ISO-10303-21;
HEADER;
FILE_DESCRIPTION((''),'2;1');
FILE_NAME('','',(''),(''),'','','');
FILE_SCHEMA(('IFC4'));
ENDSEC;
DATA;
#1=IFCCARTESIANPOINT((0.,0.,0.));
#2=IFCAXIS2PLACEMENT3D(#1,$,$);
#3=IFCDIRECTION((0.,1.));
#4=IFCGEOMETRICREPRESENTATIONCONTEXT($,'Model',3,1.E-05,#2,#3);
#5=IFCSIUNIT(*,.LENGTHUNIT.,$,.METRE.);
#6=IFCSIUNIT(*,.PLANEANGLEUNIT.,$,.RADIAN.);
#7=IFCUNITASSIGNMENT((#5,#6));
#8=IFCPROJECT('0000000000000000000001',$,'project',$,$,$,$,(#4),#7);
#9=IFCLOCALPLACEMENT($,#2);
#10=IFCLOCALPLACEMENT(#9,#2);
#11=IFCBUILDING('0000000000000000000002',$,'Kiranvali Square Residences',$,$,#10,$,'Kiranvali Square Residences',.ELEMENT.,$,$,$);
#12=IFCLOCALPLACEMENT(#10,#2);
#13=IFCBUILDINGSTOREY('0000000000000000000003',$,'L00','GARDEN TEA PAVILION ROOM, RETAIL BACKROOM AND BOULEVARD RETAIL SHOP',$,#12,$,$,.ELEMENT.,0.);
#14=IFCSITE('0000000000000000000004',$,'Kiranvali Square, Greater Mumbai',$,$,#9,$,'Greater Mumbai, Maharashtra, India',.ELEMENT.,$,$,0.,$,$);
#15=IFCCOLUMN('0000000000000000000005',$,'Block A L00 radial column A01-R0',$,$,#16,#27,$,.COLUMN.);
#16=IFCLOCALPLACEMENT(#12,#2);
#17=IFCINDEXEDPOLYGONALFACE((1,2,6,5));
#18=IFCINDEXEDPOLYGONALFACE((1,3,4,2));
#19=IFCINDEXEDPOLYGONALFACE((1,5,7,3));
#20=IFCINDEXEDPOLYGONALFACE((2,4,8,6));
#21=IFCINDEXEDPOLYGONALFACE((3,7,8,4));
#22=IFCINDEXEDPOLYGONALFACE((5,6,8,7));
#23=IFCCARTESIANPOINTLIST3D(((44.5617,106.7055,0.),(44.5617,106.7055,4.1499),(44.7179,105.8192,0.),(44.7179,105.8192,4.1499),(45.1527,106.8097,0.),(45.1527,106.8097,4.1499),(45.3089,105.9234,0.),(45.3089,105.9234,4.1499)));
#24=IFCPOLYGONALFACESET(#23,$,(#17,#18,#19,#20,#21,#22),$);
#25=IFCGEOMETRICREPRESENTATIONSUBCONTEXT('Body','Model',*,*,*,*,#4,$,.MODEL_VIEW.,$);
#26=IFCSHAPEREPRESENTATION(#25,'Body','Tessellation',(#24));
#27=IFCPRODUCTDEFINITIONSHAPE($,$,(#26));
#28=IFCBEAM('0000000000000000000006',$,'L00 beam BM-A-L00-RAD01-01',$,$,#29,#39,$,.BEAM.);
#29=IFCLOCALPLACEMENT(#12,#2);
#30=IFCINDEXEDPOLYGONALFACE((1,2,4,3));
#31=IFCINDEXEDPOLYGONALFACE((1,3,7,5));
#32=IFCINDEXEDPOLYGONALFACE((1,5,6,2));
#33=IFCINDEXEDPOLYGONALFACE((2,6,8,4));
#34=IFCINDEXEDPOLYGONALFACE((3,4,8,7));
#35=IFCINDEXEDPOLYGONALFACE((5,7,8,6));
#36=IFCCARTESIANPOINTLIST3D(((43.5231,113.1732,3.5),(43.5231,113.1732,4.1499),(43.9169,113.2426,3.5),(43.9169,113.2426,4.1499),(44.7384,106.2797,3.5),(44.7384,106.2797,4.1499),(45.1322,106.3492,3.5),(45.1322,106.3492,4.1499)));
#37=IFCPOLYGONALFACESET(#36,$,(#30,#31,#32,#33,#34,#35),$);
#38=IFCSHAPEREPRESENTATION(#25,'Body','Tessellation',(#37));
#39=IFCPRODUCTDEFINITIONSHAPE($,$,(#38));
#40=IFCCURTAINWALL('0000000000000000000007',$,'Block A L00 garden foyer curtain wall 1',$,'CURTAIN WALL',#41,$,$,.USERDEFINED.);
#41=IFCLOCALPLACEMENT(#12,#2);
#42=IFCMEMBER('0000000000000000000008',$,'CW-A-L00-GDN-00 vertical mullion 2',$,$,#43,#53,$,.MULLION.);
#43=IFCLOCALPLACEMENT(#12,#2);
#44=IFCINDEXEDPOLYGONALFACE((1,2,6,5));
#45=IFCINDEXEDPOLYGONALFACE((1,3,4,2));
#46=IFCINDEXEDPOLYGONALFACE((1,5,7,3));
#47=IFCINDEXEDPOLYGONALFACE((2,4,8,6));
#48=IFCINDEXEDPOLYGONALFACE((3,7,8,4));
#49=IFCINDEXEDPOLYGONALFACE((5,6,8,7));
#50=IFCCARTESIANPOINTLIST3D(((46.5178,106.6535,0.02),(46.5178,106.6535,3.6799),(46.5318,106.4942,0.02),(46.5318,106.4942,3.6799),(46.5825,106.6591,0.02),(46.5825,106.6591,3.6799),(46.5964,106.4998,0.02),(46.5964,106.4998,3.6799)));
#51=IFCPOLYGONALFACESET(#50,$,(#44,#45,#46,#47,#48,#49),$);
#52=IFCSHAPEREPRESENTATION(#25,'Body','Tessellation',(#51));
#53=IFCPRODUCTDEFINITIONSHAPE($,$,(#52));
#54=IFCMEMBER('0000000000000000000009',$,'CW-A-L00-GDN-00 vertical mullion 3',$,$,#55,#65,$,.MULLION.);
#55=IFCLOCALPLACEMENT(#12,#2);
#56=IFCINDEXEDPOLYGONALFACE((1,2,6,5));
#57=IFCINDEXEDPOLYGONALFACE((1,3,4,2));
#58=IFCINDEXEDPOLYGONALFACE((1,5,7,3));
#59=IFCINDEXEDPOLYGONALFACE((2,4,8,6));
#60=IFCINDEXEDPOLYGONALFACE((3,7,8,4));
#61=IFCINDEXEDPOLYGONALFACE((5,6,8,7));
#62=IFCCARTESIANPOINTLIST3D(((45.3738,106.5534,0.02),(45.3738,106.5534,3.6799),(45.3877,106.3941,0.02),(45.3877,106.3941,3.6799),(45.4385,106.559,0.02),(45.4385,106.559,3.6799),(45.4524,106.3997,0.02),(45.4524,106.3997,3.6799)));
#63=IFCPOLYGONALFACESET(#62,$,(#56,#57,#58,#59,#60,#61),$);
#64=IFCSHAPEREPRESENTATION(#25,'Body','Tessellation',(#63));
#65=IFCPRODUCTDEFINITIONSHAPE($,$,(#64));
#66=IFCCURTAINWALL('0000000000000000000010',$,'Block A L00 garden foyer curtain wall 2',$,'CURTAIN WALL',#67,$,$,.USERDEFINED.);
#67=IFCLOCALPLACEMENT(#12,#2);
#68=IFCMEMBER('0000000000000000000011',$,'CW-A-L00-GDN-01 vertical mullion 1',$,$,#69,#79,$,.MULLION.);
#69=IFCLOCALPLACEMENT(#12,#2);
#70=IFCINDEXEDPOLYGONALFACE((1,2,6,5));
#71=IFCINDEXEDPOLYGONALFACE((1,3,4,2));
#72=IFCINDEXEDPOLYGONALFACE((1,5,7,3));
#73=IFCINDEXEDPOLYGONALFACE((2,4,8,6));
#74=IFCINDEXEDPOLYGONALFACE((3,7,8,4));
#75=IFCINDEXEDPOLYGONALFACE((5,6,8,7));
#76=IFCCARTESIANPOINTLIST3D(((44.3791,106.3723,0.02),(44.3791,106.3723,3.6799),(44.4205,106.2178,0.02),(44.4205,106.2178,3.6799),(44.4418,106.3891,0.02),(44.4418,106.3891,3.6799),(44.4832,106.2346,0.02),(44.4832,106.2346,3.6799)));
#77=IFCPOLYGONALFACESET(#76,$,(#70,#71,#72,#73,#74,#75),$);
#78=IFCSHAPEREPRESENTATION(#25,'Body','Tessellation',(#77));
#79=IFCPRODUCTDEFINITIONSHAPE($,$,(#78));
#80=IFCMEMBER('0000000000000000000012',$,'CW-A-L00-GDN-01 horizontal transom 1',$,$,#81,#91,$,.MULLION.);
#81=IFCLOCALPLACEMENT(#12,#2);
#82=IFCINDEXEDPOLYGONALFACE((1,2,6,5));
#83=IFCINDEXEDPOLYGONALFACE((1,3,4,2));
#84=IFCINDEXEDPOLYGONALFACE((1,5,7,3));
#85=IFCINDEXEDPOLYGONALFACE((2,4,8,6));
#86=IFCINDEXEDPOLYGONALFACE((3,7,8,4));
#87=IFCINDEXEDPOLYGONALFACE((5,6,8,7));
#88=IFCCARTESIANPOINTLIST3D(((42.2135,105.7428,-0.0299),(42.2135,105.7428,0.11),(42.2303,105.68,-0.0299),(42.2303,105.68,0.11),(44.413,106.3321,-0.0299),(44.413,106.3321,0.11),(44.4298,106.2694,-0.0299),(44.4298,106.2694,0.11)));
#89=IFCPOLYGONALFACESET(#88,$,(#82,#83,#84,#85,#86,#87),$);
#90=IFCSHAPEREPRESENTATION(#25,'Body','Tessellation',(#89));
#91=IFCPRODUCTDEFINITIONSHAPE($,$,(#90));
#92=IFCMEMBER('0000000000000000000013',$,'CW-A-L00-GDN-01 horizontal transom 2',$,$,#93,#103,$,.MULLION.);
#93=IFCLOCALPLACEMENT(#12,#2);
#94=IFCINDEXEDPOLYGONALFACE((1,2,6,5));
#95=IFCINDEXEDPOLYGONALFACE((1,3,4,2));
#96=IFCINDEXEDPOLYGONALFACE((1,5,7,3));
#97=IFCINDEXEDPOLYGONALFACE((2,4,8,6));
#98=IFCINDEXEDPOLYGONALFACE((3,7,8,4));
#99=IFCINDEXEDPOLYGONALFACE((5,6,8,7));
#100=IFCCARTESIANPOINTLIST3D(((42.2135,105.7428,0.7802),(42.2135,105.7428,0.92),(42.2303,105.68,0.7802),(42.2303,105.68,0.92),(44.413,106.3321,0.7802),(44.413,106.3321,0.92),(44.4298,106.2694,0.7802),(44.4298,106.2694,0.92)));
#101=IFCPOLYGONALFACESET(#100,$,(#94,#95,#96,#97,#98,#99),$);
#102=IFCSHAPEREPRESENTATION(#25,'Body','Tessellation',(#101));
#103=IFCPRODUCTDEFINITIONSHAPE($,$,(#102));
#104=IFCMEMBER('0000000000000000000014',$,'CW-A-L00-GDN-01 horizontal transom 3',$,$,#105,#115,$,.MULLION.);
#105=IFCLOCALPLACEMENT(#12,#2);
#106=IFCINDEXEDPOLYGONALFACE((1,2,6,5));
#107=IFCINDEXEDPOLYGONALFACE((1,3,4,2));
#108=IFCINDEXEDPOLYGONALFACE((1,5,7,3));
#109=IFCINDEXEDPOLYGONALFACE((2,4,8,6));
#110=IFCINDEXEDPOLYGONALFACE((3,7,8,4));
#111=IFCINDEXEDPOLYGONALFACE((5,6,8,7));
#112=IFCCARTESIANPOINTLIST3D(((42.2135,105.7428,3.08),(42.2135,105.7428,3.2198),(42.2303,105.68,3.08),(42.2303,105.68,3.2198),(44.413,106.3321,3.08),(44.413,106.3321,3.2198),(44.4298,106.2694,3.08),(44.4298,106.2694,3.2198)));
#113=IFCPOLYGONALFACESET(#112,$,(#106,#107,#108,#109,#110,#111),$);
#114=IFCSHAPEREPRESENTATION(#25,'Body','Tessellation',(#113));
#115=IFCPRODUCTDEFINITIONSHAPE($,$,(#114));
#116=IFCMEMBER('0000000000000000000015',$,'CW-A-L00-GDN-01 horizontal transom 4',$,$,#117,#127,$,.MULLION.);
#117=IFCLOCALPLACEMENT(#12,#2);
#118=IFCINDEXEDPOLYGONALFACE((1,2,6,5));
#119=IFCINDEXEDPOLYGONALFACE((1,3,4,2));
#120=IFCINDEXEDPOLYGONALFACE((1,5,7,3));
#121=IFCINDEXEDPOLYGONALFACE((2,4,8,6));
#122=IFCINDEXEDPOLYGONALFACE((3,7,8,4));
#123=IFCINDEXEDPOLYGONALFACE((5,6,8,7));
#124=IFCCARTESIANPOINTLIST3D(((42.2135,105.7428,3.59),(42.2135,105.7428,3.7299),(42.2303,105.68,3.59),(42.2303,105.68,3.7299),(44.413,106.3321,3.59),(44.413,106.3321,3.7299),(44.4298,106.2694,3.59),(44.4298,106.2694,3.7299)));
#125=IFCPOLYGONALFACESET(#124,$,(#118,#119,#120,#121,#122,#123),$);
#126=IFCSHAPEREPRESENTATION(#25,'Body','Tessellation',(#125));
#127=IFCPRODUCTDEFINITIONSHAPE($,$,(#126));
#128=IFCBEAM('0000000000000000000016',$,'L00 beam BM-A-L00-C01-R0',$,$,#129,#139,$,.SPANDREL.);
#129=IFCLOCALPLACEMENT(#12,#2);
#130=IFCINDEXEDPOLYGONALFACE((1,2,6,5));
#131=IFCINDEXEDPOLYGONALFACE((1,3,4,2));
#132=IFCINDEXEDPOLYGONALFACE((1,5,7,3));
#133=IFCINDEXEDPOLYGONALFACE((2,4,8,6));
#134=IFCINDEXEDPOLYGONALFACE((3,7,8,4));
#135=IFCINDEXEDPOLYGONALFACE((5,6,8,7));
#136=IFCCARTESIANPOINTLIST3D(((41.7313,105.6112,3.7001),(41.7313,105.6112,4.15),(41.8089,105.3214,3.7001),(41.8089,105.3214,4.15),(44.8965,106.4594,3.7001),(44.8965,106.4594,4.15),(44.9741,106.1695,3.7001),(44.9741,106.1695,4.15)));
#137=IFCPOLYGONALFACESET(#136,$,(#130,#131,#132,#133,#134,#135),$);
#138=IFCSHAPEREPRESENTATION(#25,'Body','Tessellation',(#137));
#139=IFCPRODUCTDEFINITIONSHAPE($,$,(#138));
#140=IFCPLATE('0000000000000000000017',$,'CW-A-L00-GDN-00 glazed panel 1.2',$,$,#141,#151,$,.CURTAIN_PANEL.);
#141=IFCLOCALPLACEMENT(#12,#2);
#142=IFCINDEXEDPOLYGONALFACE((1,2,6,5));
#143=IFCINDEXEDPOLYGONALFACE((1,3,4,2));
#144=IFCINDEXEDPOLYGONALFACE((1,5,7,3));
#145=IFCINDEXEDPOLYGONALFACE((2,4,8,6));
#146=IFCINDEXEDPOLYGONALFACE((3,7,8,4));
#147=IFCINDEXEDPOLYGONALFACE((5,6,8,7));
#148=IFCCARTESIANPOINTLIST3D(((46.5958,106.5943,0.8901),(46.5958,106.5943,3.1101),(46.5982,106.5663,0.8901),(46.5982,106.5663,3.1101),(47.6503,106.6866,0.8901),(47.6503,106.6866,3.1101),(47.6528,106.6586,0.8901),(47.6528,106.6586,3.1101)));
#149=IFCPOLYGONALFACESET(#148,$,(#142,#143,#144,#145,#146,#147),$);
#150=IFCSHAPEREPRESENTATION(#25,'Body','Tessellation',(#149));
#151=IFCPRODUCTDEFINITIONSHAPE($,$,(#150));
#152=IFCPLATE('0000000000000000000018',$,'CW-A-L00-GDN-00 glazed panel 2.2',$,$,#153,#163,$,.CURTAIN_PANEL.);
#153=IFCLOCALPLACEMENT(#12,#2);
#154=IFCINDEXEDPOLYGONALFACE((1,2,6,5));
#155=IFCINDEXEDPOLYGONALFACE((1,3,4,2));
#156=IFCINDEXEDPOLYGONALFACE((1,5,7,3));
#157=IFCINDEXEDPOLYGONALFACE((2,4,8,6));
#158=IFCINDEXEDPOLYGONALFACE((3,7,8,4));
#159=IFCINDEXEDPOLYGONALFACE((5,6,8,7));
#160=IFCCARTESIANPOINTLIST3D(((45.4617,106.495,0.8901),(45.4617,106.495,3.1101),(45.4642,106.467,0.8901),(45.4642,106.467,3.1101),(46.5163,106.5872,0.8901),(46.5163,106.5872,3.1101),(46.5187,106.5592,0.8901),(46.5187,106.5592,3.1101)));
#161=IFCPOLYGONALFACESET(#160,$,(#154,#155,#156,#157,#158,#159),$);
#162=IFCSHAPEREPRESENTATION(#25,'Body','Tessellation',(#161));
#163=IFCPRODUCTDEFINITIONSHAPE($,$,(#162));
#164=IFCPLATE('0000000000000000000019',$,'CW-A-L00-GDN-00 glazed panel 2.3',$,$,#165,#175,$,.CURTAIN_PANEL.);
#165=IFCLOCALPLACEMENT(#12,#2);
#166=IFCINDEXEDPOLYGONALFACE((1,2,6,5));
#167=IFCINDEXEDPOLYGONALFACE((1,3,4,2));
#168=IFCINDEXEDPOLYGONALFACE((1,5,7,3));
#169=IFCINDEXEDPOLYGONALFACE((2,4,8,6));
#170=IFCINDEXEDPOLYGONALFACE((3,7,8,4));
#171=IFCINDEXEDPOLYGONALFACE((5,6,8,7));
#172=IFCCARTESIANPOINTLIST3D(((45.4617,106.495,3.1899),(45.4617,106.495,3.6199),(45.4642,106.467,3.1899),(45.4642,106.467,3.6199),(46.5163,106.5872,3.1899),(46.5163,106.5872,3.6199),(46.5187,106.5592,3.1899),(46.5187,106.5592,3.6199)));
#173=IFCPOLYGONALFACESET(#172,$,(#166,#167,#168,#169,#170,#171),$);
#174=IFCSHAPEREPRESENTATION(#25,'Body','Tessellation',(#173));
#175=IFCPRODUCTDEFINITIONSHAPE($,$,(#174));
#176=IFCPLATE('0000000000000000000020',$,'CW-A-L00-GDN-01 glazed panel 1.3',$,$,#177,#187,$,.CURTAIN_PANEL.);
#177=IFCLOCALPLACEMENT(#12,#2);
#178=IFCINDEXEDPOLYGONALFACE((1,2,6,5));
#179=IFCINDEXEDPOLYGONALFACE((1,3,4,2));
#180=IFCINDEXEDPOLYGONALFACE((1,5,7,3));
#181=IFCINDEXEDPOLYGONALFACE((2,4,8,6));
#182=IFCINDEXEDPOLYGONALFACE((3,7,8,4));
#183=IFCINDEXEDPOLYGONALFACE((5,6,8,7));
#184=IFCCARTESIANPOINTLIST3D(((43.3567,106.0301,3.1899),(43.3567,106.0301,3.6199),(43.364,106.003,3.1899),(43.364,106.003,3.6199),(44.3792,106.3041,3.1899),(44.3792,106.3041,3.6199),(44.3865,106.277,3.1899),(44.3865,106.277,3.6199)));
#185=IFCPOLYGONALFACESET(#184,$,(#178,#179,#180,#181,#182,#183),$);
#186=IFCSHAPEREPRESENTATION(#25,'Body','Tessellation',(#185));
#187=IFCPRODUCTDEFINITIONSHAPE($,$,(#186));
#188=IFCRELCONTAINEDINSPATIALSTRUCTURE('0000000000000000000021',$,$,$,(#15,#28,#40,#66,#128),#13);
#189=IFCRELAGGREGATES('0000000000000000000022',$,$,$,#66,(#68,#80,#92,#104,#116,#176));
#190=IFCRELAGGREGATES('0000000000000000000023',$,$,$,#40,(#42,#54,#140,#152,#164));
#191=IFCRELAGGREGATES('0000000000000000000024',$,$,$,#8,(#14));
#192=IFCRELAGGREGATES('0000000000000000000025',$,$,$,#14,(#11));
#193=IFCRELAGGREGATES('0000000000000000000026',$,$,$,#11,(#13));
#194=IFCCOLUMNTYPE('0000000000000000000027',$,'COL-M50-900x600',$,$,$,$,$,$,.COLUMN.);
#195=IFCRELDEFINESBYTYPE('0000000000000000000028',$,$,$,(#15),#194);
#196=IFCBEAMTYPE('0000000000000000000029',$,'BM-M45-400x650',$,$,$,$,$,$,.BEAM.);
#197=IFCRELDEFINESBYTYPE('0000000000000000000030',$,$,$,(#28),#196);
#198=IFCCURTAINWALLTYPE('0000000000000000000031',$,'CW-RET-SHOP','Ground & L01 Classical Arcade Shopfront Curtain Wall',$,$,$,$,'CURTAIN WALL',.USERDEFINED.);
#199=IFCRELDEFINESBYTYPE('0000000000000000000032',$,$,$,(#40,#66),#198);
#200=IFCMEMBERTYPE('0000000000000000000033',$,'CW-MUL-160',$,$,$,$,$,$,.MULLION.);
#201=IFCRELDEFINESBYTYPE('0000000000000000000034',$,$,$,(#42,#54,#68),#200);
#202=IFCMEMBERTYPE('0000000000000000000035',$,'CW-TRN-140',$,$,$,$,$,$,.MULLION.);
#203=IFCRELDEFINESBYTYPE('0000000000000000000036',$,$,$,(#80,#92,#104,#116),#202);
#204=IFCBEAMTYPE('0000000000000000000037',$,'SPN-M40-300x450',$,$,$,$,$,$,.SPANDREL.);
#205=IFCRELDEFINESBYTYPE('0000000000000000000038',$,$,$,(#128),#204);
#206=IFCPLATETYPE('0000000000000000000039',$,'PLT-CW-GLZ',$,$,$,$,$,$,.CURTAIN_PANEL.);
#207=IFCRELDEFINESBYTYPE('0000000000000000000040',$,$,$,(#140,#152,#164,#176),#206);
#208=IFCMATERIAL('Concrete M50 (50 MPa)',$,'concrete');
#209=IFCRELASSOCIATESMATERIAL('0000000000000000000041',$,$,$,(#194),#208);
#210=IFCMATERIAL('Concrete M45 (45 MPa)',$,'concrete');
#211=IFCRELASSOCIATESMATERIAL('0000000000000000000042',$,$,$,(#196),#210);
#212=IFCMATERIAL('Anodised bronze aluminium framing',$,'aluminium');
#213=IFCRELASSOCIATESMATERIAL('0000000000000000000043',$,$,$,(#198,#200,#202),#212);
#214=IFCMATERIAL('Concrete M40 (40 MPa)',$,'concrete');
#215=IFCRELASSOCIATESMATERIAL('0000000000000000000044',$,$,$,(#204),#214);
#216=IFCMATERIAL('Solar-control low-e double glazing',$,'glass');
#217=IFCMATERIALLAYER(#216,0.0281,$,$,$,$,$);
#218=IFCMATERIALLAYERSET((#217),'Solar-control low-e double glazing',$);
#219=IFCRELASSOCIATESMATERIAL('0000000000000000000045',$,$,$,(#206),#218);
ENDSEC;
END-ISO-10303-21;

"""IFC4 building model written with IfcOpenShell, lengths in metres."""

from ifc_helpers import new_model, si_unit, direction, frame, origin, origin_2d, place, context, subcontext, project, spatial, rectangle, extrude, material, layer, layer_set, material_profile, profile_set, type_object, element, aggregate, save


model = new_model("IFC4")

# Units and contexts
model_context = context("Model", 3, precision=1e-05, world=origin(), true_north=direction((0.0, 1.0)))
body_context = subcontext(model_context, "Body", "Model", "MODEL_VIEW")
ifc_project = project(units=[si_unit("LENGTHUNIT", "METRE"), si_unit("PLANEANGLEUNIT", "RADIAN")], contexts=[model_context])

# Site, building, storey
site_placement = place(None, origin())
site = spatial("IfcSite", under=ifc_project, at=site_placement, Name="Kiranvali Square, Greater Mumbai", LongName="Greater Mumbai, Maharashtra, India", CompositionType="ELEMENT", RefElevation=0.0)
building_placement = place(site_placement, origin())
building = spatial("IfcBuilding", under=site, at=building_placement, Name="Kiranvali Square Residences", LongName="Kiranvali Square Residences", CompositionType="ELEMENT")
storey_placement = place(building_placement, origin())
storey = spatial("IfcBuildingStorey", under=building, at=storey_placement, Name="L00", Description="GARDEN TEA PAVILION ROOM, RETAIL BACKROOM AND BOULEVARD RETAIL SHOP", CompositionType="ELEMENT", Elevation=0.0)

# Column
ifc_material_1 = material(Name="Concrete M50 (50 MPa)", Category="concrete")
ifc_material_profile_1 = material_profile(ifc_material_1, rectangle(XDim=0.6001, YDim=0.8999, at=origin_2d()), Name="RC 900x600")
ifc_profile_set_1 = profile_set([ifc_material_profile_1], Name="Concrete M50 (50 MPa)")
column_type = type_object("IfcColumnType", Name="COL-M50-900x600", PredefinedType="COLUMN", material=ifc_profile_set_1)
column_placement = place(storey_placement, frame((44.9353, 106.3145, 0.0), z_axis=(0.0, 0.0, 1.0), x_axis=(0.984808, 0.173648, 0.0)))
element("IfcColumn", 1, at=column_placement, inside=storey, type_object=column_type, Name="Block A L00 radial column A01-R0", PredefinedType="COLUMN", context=body_context, shape_type="SweptSolid", body=[
    extrude(rectangle(XDim=0.6001, YDim=0.8999, at=origin_2d()), origin(), (0.0, 0.0, 1.0), 4.1499),
])

# Beam
ifc_material_2 = material(Name="Concrete M45 (45 MPa)", Category="concrete")
ifc_material_profile_2 = material_profile(ifc_material_2, rectangle(XDim=0.3999, YDim=0.6499, at=origin_2d()), Name="RC 400x650")
ifc_profile_set_2 = profile_set([ifc_material_profile_2], Name="Concrete M45 (45 MPa)")
beam_type_1 = type_object("IfcBeamType", Name="BM-M45-400x650", PredefinedType="BEAM", material=ifc_profile_set_2)
beam_1_placement = place(storey_placement, frame((44.9353, 106.3145, 3.825), z_axis=(-0.173622, 0.984812, 0.0), x_axis=(-0.984812, -0.173622, 0.0)))
element("IfcBeam", 2, at=beam_1_placement, inside=storey, type_object=beam_type_1, Name="L00 beam BM-A-L00-RAD01-01", PredefinedType="BEAM", context=body_context, shape_type="SweptSolid", body=[
    extrude(rectangle(XDim=0.3999, YDim=0.6499, at=origin_2d()), origin(), (0.0, 0.0, 1.0), 6.9998),
])

# Curtain walls, members
ifc_material_3 = material(Name="Anodised bronze aluminium framing", Category="aluminium")
curtain_wall_type = type_object("IfcCurtainWallType", Name="CW-RET-SHOP", Description="Ground & L01 Classical Arcade Shopfront Curtain Wall", ElementType="CURTAIN WALL", PredefinedType="USERDEFINED", material=ifc_material_3)
curtain_wall_1_placement = place(storey_placement, origin())
curtain_wall_1 = element("IfcCurtainWall", 3, at=curtain_wall_1_placement, inside=storey, type_object=curtain_wall_type, Name="Block A L00 garden foyer curtain wall 1", ObjectType="CURTAIN WALL", PredefinedType="USERDEFINED")
ifc_material_profile_3 = material_profile(ifc_material_3, rectangle(XDim=0.0649, YDim=0.1599, at=origin_2d()), Name="ALU 65x160")
ifc_profile_set_3 = profile_set([ifc_material_profile_3], Name="Anodised bronze aluminium framing")
member_type_1 = type_object("IfcMemberType", Name="CW-MUL-160", PredefinedType="MULLION", material=ifc_profile_set_3)
member_1_placement = place(storey_placement, frame((46.5571, 106.5767, 0.02), z_axis=(0.0, 0.0, 1.0), x_axis=(-0.996195, -0.087156, 0.0)))
member_1 = element("IfcMember", 4, at=member_1_placement, type_object=member_type_1, Name="CW-A-L00-GDN-00 vertical mullion 2", PredefinedType="MULLION", context=body_context, shape_type="SweptSolid", body=[
    extrude(rectangle(XDim=0.0649, YDim=0.1599, at=origin_2d()), origin(), (0.0, 0.0, 1.0), 3.6599),
])
member_2_placement = place(storey_placement, frame((45.4131, 106.4766, 0.02), z_axis=(0.0, 0.0, 1.0), x_axis=(-0.996195, -0.087156, 0.0)))
member_2 = element("IfcMember", 5, at=member_2_placement, type_object=member_type_1, Name="CW-A-L00-GDN-00 vertical mullion 3", PredefinedType="MULLION", context=body_context, shape_type="SweptSolid", body=[
    extrude(rectangle(XDim=0.0649, YDim=0.1599, at=origin_2d()), origin(), (0.0, 0.0, 1.0), 3.6599),
])
curtain_wall_2_placement = place(storey_placement, origin())
curtain_wall_2 = element("IfcCurtainWall", 6, at=curtain_wall_2_placement, inside=storey, type_object=curtain_wall_type, Name="Block A L00 garden foyer curtain wall 2", ObjectType="CURTAIN WALL", PredefinedType="USERDEFINED")
member_3_placement = place(storey_placement, frame((44.4312, 106.3035, 0.02), z_axis=(0.0, 0.0, 1.0), x_axis=(-0.965926, -0.258819, 0.0)))
member_3 = element("IfcMember", 7, at=member_3_placement, type_object=member_type_1, Name="CW-A-L00-GDN-01 vertical mullion 1", PredefinedType="MULLION", context=body_context, shape_type="SweptSolid", body=[
    extrude(rectangle(XDim=0.0649, YDim=0.1599, at=origin_2d()), origin(), (0.0, 0.0, 1.0), 3.6599),
])
ifc_material_profile_4 = material_profile(ifc_material_3, rectangle(XDim=0.0649, YDim=0.1399, at=origin_2d()), Name="ALU 65x140")
ifc_profile_set_4 = profile_set([ifc_material_profile_4], Name="Anodised bronze aluminium framing")
member_type_2 = type_object("IfcMemberType", Name="CW-TRN-140", PredefinedType="MULLION", material=ifc_profile_set_4)
member_4_placement = place(storey_placement, frame((44.4214, 106.3008, 0.04), z_axis=(-0.965925, -0.258824, 0.0), x_axis=(0.258824, -0.965925, 0.0)))
member_4 = element("IfcMember", 8, at=member_4_placement, type_object=member_type_2, Name="CW-A-L00-GDN-01 horizontal transom 1", PredefinedType="MULLION", context=body_context, shape_type="SweptSolid", body=[
    extrude(rectangle(XDim=0.0649, YDim=0.1399, at=origin_2d()), origin(), (0.0, 0.0, 1.0), 2.2771),
])
member_5_placement = place(storey_placement, frame((44.4214, 106.3008, 0.8501), z_axis=(-0.965925, -0.258824, 0.0), x_axis=(0.258824, -0.965925, 0.0)))
member_5 = element("IfcMember", 9, at=member_5_placement, type_object=member_type_2, Name="CW-A-L00-GDN-01 horizontal transom 2", PredefinedType="MULLION", context=body_context, shape_type="SweptSolid", body=[
    extrude(rectangle(XDim=0.0649, YDim=0.1399, at=origin_2d()), origin(), (0.0, 0.0, 1.0), 2.2771),
])
member_6_placement = place(storey_placement, frame((44.4214, 106.3008, 3.1499), z_axis=(-0.965925, -0.258824, 0.0), x_axis=(0.258824, -0.965925, 0.0)))
member_6 = element("IfcMember", 10, at=member_6_placement, type_object=member_type_2, Name="CW-A-L00-GDN-01 horizontal transom 3", PredefinedType="MULLION", context=body_context, shape_type="SweptSolid", body=[
    extrude(rectangle(XDim=0.0649, YDim=0.1399, at=origin_2d()), origin(), (0.0, 0.0, 1.0), 2.2771),
])
member_7_placement = place(storey_placement, frame((44.4214, 106.3008, 3.6599), z_axis=(-0.965925, -0.258824, 0.0), x_axis=(0.258824, -0.965925, 0.0)))
member_7 = element("IfcMember", 11, at=member_7_placement, type_object=member_type_2, Name="CW-A-L00-GDN-01 horizontal transom 4", PredefinedType="MULLION", context=body_context, shape_type="SweptSolid", body=[
    extrude(rectangle(XDim=0.0649, YDim=0.1399, at=origin_2d()), origin(), (0.0, 0.0, 1.0), 2.2771),
])

# Beam
ifc_material_4 = material(Name="Concrete M40 (40 MPa)", Category="concrete")
ifc_material_profile_5 = material_profile(ifc_material_4, rectangle(XDim=0.3, YDim=0.45, at=origin_2d()), Name="RC 300x450")
ifc_profile_set_5 = profile_set([ifc_material_profile_5], Name="Concrete M40 (40 MPa)")
beam_type_2 = type_object("IfcBeamType", Name="SPN-M40-300x450", PredefinedType="SPANDREL", material=ifc_profile_set_5)
beam_2_placement = place(storey_placement, frame((44.9353, 106.3145, 3.925), z_axis=(-0.965925, -0.258822, 0.0), x_axis=(0.258822, -0.965925, 0.0)))
element("IfcBeam", 12, at=beam_2_placement, inside=storey, type_object=beam_type_2, Name="L00 beam BM-A-L00-C01-R0", PredefinedType="SPANDREL", context=body_context, shape_type="SweptSolid", body=[
    extrude(rectangle(XDim=0.3, YDim=0.45, at=origin_2d()), origin(), (0.0, 0.0, 1.0), 3.2769),
])

# Plates
ifc_material_5 = material(Name="Solar-control low-e double glazing", Category="glass")
ifc_layer_1 = layer(ifc_material_5, 0.0281)
ifc_layer_set_1 = layer_set([ifc_layer_1], Name="Solar-control low-e double glazing")
plate_type_1 = type_object("IfcPlateType", Name="PLT-CW-GLZ", PredefinedType="CURTAIN_PANEL", material=ifc_layer_set_1)
plate_1_placement = place(storey_placement, frame((47.1243, 106.6265, 0.8901), z_axis=(0.0, 0.0, 1.0), x_axis=(-0.996195, -0.087156, 0.0)))
plate_1 = element("IfcPlate", 13, at=plate_1_placement, type_object=plate_type_1, Name="CW-A-L00-GDN-00 glazed panel 1.2", PredefinedType="CURTAIN_PANEL", context=body_context, shape_type="SweptSolid", body=[
    extrude(rectangle(XDim=1.0586, YDim=0.0281, at=origin_2d()), origin(), (0.0, 0.0, 1.0), 2.22),
])
plate_2_placement = place(storey_placement, frame((45.9902, 106.5271, 0.8901), z_axis=(0.0, 0.0, 1.0), x_axis=(-0.996195, -0.087156, 0.0)))
plate_2 = element("IfcPlate", 14, at=plate_2_placement, type_object=plate_type_1, Name="CW-A-L00-GDN-00 glazed panel 2.2", PredefinedType="CURTAIN_PANEL", context=body_context, shape_type="SweptSolid", body=[
    extrude(rectangle(XDim=1.0586, YDim=0.0281, at=origin_2d()), origin(), (0.0, 0.0, 1.0), 2.22),
])
plate_3_placement = place(storey_placement, frame((45.9902, 106.5271, 3.1899), z_axis=(0.0, 0.0, 1.0), x_axis=(-0.996195, -0.087156, 0.0)))
plate_3 = element("IfcPlate", 15, at=plate_3_placement, type_object=plate_type_1, Name="CW-A-L00-GDN-00 glazed panel 2.3", PredefinedType="CURTAIN_PANEL", context=body_context, shape_type="SweptSolid", body=[
    extrude(rectangle(XDim=1.0586, YDim=0.0281, at=origin_2d()), origin(), (0.0, 0.0, 1.0), 0.4299),
])
plate_4_placement = place(storey_placement, frame((43.8716, 106.1536, 3.1899), z_axis=(0.0, 0.0, 1.0), x_axis=(-0.965926, -0.258819, 0.0)))
plate_4 = element("IfcPlate", 16, at=plate_4_placement, type_object=plate_type_1, Name="CW-A-L00-GDN-01 glazed panel 1.3", PredefinedType="CURTAIN_PANEL", context=body_context, shape_type="SweptSolid", body=[
    extrude(rectangle(XDim=1.0586, YDim=0.0281, at=origin_2d()), origin(), (0.0, 0.0, 1.0), 0.4299),
])
aggregate(curtain_wall_2, [member_3, member_4, member_5, member_6, member_7, plate_4])
aggregate(curtain_wall_1, [member_1, member_2, plate_1, plate_2, plate_3])

save(model, "model.ifc")
